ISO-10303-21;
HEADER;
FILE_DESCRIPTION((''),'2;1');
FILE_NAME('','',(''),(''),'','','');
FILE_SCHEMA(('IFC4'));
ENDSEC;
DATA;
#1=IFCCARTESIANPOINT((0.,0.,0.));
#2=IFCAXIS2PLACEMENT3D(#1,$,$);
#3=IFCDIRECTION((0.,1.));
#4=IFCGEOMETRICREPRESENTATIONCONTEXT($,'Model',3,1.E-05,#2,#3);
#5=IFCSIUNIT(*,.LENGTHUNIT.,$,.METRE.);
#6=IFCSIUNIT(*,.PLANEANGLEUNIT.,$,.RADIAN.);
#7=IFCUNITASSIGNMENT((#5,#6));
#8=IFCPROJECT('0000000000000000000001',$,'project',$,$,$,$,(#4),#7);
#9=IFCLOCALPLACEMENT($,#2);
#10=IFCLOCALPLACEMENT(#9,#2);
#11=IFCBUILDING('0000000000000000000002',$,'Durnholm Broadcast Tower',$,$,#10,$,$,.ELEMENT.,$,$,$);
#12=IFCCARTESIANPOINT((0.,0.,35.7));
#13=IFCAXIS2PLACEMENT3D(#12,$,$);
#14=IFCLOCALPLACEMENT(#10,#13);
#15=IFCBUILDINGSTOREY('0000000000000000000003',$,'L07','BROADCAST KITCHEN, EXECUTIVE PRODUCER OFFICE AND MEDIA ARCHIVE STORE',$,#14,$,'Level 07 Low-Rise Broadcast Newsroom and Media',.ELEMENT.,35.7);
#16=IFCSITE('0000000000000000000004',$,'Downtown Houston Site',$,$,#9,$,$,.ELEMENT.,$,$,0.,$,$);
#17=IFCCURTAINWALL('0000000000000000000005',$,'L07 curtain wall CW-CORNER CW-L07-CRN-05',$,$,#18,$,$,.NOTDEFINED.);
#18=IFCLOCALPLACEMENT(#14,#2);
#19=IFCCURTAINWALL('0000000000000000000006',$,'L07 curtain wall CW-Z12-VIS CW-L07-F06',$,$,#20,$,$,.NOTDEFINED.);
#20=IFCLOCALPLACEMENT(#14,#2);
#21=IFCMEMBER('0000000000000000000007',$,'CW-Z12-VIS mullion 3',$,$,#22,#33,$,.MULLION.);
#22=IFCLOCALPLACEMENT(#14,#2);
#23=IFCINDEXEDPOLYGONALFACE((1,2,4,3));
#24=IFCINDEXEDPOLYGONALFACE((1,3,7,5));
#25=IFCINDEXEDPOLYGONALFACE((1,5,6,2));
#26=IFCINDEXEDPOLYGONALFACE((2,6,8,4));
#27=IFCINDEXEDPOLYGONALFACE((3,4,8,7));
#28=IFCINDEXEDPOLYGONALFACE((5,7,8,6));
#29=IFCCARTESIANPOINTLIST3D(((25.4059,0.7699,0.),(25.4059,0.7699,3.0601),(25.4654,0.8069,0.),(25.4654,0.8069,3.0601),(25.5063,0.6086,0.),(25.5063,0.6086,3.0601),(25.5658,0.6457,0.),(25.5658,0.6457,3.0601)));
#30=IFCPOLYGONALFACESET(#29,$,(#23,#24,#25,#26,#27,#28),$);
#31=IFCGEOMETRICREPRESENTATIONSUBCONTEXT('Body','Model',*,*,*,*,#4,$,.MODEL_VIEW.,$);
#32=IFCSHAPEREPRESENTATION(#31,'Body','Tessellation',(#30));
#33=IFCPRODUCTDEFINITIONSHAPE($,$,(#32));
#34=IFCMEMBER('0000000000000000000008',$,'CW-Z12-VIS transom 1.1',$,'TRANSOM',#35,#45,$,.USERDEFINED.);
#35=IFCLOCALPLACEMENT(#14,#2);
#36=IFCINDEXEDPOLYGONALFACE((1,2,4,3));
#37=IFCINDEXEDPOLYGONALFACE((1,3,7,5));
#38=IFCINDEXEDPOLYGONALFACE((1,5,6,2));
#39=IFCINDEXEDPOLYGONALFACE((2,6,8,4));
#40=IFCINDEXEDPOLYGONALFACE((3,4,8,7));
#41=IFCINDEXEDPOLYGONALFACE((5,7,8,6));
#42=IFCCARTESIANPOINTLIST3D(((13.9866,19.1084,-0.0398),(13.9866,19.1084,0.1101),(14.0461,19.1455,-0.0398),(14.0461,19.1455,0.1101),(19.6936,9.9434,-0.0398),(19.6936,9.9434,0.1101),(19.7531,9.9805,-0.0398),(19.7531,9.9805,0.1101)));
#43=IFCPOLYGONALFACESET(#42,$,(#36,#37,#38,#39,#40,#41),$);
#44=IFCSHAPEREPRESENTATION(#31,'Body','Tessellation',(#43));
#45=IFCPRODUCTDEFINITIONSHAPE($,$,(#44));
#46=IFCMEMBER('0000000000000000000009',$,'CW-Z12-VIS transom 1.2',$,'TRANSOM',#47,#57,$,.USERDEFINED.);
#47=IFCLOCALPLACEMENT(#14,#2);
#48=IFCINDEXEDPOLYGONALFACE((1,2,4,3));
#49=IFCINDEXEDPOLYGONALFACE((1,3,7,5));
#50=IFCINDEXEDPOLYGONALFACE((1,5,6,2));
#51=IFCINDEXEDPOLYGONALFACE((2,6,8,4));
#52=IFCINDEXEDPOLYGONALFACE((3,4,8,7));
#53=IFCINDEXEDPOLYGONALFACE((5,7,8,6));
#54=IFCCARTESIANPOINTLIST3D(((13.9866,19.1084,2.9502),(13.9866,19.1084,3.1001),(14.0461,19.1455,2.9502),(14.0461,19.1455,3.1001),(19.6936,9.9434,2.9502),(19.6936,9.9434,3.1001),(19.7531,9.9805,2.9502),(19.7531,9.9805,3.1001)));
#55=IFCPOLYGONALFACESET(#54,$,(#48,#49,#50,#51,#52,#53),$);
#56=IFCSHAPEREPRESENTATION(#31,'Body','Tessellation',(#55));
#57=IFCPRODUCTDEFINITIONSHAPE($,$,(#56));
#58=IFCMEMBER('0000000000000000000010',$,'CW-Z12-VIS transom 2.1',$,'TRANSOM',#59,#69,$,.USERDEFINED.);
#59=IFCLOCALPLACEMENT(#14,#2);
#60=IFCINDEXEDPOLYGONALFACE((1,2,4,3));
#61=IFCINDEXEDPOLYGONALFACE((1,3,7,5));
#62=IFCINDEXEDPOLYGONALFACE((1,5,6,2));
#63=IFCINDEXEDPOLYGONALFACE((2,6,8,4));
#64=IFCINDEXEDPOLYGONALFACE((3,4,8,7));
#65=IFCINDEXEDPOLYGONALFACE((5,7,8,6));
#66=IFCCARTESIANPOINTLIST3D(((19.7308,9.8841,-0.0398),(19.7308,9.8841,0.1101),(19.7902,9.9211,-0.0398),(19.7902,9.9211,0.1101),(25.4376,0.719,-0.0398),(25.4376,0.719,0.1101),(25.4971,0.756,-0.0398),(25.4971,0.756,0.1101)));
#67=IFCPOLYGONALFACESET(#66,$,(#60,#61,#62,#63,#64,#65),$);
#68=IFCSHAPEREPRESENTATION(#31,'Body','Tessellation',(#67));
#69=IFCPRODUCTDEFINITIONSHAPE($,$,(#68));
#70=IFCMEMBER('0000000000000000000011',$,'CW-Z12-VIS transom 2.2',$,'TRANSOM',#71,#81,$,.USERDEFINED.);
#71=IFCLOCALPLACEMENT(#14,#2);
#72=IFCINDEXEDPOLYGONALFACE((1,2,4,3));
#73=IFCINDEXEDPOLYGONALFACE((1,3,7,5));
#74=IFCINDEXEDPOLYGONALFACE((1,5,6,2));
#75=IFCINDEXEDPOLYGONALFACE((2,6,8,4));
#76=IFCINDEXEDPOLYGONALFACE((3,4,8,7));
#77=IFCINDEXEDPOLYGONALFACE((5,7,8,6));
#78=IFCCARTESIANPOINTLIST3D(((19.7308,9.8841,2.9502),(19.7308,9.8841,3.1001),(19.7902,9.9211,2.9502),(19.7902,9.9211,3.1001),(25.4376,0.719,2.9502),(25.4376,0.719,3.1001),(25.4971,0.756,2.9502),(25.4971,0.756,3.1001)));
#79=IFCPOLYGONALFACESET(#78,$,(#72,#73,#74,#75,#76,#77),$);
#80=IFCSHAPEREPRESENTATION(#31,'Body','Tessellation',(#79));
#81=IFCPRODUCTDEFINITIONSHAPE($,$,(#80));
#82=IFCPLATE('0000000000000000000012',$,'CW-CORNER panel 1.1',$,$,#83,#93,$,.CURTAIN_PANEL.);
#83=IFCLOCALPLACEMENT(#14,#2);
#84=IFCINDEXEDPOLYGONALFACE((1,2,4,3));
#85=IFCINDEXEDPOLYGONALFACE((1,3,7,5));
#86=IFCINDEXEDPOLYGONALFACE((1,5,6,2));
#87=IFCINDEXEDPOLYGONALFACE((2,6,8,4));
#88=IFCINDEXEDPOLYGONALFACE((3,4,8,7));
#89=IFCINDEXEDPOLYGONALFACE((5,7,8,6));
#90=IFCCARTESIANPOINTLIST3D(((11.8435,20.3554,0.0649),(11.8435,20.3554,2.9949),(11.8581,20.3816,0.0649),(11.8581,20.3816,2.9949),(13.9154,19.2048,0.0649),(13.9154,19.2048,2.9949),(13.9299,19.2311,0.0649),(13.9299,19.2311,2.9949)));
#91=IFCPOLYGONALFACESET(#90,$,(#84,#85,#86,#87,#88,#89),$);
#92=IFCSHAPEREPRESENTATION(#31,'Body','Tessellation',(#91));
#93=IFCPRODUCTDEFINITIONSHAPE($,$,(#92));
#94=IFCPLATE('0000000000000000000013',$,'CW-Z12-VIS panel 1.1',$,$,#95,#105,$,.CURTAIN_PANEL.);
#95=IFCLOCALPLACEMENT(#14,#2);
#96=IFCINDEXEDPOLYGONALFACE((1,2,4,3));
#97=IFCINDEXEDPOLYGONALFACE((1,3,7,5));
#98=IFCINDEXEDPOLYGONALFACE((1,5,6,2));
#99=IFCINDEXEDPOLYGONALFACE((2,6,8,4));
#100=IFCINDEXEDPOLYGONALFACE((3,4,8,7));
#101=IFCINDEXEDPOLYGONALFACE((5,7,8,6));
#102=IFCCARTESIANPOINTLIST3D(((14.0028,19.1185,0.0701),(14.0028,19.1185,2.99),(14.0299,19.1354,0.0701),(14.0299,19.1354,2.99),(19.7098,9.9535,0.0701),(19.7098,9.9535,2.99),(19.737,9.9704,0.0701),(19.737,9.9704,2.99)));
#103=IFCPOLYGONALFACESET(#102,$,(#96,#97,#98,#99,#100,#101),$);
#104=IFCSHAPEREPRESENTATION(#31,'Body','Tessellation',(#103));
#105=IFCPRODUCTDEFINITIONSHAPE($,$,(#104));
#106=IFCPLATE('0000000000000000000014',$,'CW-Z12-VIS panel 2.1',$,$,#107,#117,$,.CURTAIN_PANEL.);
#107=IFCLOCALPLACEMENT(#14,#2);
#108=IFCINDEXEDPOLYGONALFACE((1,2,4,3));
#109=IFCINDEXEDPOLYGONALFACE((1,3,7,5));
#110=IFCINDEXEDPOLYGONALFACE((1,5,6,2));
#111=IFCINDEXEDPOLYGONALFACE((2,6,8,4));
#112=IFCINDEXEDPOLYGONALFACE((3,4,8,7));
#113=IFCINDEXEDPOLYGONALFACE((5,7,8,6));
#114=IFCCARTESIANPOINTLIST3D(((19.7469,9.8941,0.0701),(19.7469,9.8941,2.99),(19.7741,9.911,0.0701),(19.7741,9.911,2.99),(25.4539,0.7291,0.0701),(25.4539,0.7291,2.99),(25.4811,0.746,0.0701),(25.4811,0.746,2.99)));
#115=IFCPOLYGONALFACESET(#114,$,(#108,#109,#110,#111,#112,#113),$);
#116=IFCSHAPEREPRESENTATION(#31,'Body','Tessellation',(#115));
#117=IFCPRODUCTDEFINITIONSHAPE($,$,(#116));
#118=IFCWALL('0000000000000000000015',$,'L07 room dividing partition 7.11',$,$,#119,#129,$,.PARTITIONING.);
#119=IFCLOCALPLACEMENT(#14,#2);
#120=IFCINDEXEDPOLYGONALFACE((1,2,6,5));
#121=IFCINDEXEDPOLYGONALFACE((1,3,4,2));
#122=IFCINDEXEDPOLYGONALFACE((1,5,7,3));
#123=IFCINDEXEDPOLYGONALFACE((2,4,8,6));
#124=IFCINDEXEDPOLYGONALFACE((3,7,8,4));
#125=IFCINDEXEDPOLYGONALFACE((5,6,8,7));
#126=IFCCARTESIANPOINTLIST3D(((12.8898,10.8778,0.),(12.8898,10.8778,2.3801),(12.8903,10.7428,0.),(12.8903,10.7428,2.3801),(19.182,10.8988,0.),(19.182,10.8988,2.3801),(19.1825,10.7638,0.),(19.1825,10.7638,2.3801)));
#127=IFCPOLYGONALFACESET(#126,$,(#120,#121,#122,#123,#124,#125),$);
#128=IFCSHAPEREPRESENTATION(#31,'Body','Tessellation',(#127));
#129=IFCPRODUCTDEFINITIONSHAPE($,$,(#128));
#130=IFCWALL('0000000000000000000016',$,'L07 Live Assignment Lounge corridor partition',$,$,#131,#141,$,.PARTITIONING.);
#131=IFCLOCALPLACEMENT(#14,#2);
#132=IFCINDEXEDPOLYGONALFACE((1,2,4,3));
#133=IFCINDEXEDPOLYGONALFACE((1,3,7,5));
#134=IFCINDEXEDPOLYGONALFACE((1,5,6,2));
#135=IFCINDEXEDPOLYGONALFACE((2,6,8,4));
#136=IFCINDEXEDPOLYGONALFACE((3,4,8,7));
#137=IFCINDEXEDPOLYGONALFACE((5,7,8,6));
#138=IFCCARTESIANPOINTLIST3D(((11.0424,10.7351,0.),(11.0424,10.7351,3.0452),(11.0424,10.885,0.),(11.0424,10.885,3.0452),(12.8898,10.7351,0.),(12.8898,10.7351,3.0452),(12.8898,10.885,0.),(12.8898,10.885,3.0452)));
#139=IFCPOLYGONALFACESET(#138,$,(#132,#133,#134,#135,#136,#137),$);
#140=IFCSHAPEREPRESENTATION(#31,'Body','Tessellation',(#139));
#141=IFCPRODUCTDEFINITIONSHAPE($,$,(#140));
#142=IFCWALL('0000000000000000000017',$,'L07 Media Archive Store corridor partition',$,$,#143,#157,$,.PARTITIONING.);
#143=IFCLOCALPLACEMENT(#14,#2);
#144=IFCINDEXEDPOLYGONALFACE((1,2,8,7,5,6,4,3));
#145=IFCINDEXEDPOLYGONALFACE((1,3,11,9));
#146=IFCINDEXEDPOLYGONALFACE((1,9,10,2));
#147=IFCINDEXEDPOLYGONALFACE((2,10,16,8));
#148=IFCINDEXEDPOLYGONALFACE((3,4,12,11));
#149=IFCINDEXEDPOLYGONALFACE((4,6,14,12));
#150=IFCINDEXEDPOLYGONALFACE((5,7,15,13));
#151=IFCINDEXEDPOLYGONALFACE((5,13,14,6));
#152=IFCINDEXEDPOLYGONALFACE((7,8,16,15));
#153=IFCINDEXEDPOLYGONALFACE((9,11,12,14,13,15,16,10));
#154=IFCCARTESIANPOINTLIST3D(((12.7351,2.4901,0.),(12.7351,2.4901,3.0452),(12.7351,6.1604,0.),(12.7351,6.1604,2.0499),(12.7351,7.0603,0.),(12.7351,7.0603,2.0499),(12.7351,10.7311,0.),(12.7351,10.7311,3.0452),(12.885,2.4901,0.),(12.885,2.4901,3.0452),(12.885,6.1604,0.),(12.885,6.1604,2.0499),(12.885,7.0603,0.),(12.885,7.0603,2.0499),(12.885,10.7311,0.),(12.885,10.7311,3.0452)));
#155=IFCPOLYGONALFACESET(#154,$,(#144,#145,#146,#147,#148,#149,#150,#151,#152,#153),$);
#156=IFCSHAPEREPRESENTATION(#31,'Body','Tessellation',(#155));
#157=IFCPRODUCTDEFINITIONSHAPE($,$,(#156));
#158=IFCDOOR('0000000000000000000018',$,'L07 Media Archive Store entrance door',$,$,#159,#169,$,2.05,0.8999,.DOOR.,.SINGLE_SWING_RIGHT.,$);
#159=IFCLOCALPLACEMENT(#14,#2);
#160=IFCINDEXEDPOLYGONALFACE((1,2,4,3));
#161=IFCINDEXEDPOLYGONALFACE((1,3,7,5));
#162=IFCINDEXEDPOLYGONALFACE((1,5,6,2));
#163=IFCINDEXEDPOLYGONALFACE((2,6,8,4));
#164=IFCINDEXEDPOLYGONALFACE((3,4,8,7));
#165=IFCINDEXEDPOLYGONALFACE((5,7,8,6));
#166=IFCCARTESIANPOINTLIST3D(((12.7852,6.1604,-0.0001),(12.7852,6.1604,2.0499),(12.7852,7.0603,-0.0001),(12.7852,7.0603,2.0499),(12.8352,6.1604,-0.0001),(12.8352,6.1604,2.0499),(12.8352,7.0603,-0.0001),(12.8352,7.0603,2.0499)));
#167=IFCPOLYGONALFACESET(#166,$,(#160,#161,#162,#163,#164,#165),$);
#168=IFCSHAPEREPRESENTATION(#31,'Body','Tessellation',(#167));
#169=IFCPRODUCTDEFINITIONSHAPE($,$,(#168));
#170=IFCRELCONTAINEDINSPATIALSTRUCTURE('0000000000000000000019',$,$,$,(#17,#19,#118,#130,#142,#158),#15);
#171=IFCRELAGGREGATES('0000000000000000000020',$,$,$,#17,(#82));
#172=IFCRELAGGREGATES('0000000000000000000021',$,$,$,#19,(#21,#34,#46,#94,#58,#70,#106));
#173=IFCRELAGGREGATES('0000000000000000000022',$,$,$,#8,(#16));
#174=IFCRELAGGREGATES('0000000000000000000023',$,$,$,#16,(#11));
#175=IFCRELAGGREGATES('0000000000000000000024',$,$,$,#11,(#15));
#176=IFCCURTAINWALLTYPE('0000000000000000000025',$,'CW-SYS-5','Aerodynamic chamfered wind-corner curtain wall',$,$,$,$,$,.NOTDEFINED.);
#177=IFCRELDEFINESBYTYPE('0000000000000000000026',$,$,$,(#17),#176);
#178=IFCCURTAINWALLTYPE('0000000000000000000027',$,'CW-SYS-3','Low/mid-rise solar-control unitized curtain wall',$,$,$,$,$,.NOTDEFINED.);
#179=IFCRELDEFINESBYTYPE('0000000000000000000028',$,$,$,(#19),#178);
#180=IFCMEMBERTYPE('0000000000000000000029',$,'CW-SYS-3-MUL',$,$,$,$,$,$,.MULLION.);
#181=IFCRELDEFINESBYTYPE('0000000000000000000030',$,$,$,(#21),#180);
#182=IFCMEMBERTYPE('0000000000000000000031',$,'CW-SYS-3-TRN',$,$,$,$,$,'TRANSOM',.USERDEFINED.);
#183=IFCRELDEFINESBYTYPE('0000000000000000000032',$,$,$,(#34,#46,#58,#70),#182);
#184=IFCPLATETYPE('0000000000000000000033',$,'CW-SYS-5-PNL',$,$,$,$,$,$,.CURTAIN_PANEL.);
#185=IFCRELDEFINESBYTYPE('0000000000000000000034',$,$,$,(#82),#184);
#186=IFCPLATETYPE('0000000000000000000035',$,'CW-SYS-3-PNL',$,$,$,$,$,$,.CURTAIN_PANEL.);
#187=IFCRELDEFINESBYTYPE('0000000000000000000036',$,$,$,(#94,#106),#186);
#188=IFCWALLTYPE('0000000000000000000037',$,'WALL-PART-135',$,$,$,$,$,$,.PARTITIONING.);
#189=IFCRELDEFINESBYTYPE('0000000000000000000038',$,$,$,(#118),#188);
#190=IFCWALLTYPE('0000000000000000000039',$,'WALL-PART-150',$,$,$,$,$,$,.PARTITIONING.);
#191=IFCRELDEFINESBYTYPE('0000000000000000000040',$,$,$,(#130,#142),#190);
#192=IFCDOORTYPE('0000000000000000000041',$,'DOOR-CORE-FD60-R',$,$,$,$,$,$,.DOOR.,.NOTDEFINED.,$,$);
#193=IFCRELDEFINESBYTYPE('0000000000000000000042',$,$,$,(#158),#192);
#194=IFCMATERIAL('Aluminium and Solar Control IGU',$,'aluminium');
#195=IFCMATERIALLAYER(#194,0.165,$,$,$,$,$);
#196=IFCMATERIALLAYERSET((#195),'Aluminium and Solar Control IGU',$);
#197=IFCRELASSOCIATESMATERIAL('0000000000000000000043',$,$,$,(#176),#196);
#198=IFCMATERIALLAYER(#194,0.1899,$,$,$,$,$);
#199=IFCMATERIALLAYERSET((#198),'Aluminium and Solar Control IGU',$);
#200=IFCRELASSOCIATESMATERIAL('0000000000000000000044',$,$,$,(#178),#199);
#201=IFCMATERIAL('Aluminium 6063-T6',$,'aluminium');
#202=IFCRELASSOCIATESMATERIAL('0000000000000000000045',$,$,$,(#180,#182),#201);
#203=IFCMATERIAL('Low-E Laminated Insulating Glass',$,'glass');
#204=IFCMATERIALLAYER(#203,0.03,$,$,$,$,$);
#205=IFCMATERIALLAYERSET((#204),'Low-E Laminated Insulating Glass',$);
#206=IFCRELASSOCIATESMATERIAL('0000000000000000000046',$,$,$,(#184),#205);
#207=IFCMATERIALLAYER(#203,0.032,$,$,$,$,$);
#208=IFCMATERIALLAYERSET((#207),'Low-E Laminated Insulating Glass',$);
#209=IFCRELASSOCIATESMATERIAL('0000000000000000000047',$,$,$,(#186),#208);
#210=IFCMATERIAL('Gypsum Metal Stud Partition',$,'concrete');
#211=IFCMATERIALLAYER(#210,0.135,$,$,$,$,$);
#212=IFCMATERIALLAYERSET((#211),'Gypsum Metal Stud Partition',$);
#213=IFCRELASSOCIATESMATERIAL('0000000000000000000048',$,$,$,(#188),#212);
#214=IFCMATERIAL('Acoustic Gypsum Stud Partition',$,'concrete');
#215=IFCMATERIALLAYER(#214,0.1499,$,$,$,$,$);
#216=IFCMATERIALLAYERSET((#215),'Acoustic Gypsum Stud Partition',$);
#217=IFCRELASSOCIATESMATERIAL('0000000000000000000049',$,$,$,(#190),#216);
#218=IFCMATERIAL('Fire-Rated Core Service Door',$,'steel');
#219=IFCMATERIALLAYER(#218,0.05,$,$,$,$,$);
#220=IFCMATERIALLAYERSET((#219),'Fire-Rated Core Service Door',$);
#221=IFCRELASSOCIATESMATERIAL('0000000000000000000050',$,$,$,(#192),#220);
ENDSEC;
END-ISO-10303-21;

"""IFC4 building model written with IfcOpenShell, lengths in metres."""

from ifc_helpers import new_model, si_unit, direction, frame, frame_2d, origin, origin_2d, place, context, subcontext, project, spatial, rectangle, extrude, source, transform, mapped, material, layer, layer_set, material_profile, profile_set, type_object, type_shapes, element, fill, aggregate, save


model = new_model("IFC4")

# Units and contexts
model_context = context("Model", 3, precision=1e-05, world=origin(), true_north=direction((0.0, 1.0)))
body_context = subcontext(model_context, "Body", "Model", "MODEL_VIEW")
ifc_project = project(units=[si_unit("LENGTHUNIT", "METRE"), si_unit("PLANEANGLEUNIT", "RADIAN")], contexts=[model_context])

# Site, building, storey
site_placement = place(None, origin())
site = spatial("IfcSite", under=ifc_project, at=site_placement, Name="Downtown Houston Site", CompositionType="ELEMENT", RefElevation=0.0)
building_placement = place(site_placement, origin())
building = spatial("IfcBuilding", under=site, at=building_placement, Name="Durnholm Broadcast Tower", CompositionType="ELEMENT")
storey_placement = place(building_placement, frame((0.0, 0.0, 35.7)))
storey = spatial("IfcBuildingStorey", under=building, at=storey_placement, Name="L07", Description="BROADCAST KITCHEN, EXECUTIVE PRODUCER OFFICE AND MEDIA ARCHIVE STORE", LongName="Level 07 Low-Rise Broadcast Newsroom and Media", CompositionType="ELEMENT", Elevation=35.7)

# Curtain wall
ifc_material_1 = material(Name="Aluminium and Solar Control IGU", Category="aluminium")
ifc_layer_1 = layer(ifc_material_1, 0.165)
ifc_layer_set_1 = layer_set([ifc_layer_1], Name="Aluminium and Solar Control IGU")
curtain_wall_type_1 = type_object("IfcCurtainWallType", Name="CW-SYS-5", Description="Aerodynamic chamfered wind-corner curtain wall", PredefinedType="NOTDEFINED", material=ifc_layer_set_1)
curtain_wall_1_placement = place(storey_placement, origin())
curtain_wall_1 = element("IfcCurtainWall", 1, at=curtain_wall_1_placement, inside=storey, type_object=curtain_wall_type_1, Name="L07 curtain wall CW-CORNER CW-L07-CRN-05", PredefinedType="NOTDEFINED")
ifc_material_2 = material(Name="Aluminium 6063-T6", Category="aluminium")

# Curtain wall, members
ifc_layer_2 = layer(ifc_material_1, 0.1899)
ifc_layer_set_2 = layer_set([ifc_layer_2], Name="Aluminium and Solar Control IGU")
curtain_wall_type_2 = type_object("IfcCurtainWallType", Name="CW-SYS-3", Description="Low/mid-rise solar-control unitized curtain wall", PredefinedType="NOTDEFINED", material=ifc_layer_set_2)
curtain_wall_2_placement = place(storey_placement, origin())
curtain_wall_2 = element("IfcCurtainWall", 2, at=curtain_wall_2_placement, inside=storey, type_object=curtain_wall_type_2, Name="L07 curtain wall CW-Z12-VIS CW-L07-F06", PredefinedType="NOTDEFINED")
ifc_material_profile_1 = material_profile(ifc_material_2, rectangle(XDim=0.0701, YDim=0.1899, at=origin_2d()), Name="CWM70X190")
ifc_profile_set_1 = profile_set([ifc_material_profile_1], Name="Aluminium 6063-T6")
member_type_1 = type_object("IfcMemberType", Name="CW-SYS-3-MUL", PredefinedType="MULLION", material=ifc_profile_set_1)
shared_shape_1 = source(origin(), body_context, "Body", "SweptSolid", [
    extrude(rectangle(XDim=0.0701, YDim=0.1899, at=origin_2d()), origin(), (0.0, 0.0, 1.0), 3.0601),
])
type_shapes(member_type_1, [shared_shape_1])
member_1_placement = place(storey_placement, frame((25.4858, 0.7078, 0.0), z_axis=(0.0, 0.0, 1.0), x_axis=(0.848876, 0.528592, 0.0)))
member_1 = element("IfcMember", 3, at=member_1_placement, type_object=member_type_1, Name="CW-Z12-VIS mullion 3", PredefinedType="MULLION", context=body_context, shape_type="MappedRepresentation", body=[
    mapped(shared_shape_1, transform((0.0, 0.0, 0.0), x_axis=(1.0, 0.0, 0.0), y_axis=(0.0, 1.0, 0.0), z_axis=(0.0, 0.0, 1.0), scale=1.0)),
])
ifc_material_profile_2 = material_profile(ifc_material_2, rectangle(XDim=0.0701, YDim=0.1499, at=origin_2d()), Name="CWT70X150")
ifc_profile_set_2 = profile_set([ifc_material_profile_2], Name="Aluminium 6063-T6")
member_type_2 = type_object("IfcMemberType", Name="CW-SYS-3-TRN", ElementType="TRANSOM", PredefinedType="USERDEFINED", material=ifc_profile_set_2)
shared_shape_2 = source(origin(), body_context, "Body", "SweptSolid", [
    extrude(rectangle(XDim=0.0701, YDim=0.1499, at=origin_2d()), origin(), (0.0, 0.0, 1.0), 10.7966),
])
type_shapes(member_type_2, [shared_shape_2])
member_2_placement = place(storey_placement, frame((14.0164, 19.127, 0.0352), z_axis=(0.528592, -0.848876, 0.0), x_axis=(0.848876, 0.528592, 0.0)))
member_2 = element("IfcMember", 4, at=member_2_placement, type_object=member_type_2, Name="CW-Z12-VIS transom 1.1", ObjectType="TRANSOM", PredefinedType="USERDEFINED", context=body_context, shape_type="MappedRepresentation", body=[
    mapped(shared_shape_2, transform((0.0, 0.0, 0.0), x_axis=(1.0, 0.0, 0.0), y_axis=(0.0, 1.0, 0.0), z_axis=(0.0, 0.0, 1.0), scale=1.0)),
])
member_3_placement = place(storey_placement, frame((14.0164, 19.127, 3.0251), z_axis=(0.528592, -0.848876, 0.0), x_axis=(0.848876, 0.528592, 0.0)))
member_3 = element("IfcMember", 5, at=member_3_placement, type_object=member_type_2, Name="CW-Z12-VIS transom 1.2", ObjectType="TRANSOM", PredefinedType="USERDEFINED", context=body_context, shape_type="MappedRepresentation", body=[
    mapped(shared_shape_2, transform((0.0, 0.0, 0.0), x_axis=(1.0, 0.0, 0.0), y_axis=(0.0, 1.0, 0.0), z_axis=(0.0, 0.0, 1.0), scale=1.0)),
])
member_4_placement = place(storey_placement, frame((19.7605, 9.9026, 0.0352), z_axis=(0.528575, -0.848886, 0.0), x_axis=(0.848886, 0.528575, 0.0)))
member_4 = element("IfcMember", 6, at=member_4_placement, type_object=member_type_2, Name="CW-Z12-VIS transom 2.1", ObjectType="TRANSOM", PredefinedType="USERDEFINED", context=body_context, shape_type="MappedRepresentation", body=[
    mapped(shared_shape_2, transform((0.0, 0.0, 0.0), x_axis=(1.0, 0.0, 0.0), y_axis=(0.0, 1.0, 0.0), z_axis=(0.0, 0.0, 1.0), scale=1.0)),
])
member_5_placement = place(storey_placement, frame((19.7605, 9.9026, 3.0251), z_axis=(0.528575, -0.848886, 0.0), x_axis=(0.848886, 0.528575, 0.0)))
member_5 = element("IfcMember", 7, at=member_5_placement, type_object=member_type_2, Name="CW-Z12-VIS transom 2.2", ObjectType="TRANSOM", PredefinedType="USERDEFINED", context=body_context, shape_type="MappedRepresentation", body=[
    mapped(shared_shape_2, transform((0.0, 0.0, 0.0), x_axis=(1.0, 0.0, 0.0), y_axis=(0.0, 1.0, 0.0), z_axis=(0.0, 0.0, 1.0), scale=1.0)),
])

# Plates
ifc_material_3 = material(Name="Low-E Laminated Insulating Glass", Category="glass")
ifc_layer_3 = layer(ifc_material_3, 0.03)
ifc_layer_set_3 = layer_set([ifc_layer_3], Name="Low-E Laminated Insulating Glass")
plate_type_1 = type_object("IfcPlateType", Name="CW-SYS-5-PNL", PredefinedType="CURTAIN_PANEL", material=ifc_layer_set_3)
shared_shape_3 = source(origin(), body_context, "Body", "SweptSolid", [
    extrude(rectangle(XDim=2.3699, YDim=0.03, at=origin_2d()), origin(), (0.0, 0.0, 1.0), 2.9299),
])
type_shapes(plate_type_1, [shared_shape_3])
plate_1_placement = place(storey_placement, frame((12.8867, 19.7932, 0.0649), z_axis=(0.0, 0.0, 1.0), x_axis=(0.874246, -0.485483, 0.0)))
plate_1 = element("IfcPlate", 8, at=plate_1_placement, type_object=plate_type_1, Name="CW-CORNER panel 1.1", PredefinedType="CURTAIN_PANEL", context=body_context, shape_type="MappedRepresentation", body=[
    mapped(shared_shape_3, transform((0.0, 0.0, 0.0), x_axis=(1.0, 0.0, 0.0), y_axis=(0.0, 1.0, 0.0), z_axis=(0.0, 0.0, 1.0), scale=1.0)),
])
aggregate(curtain_wall_1, [plate_1])
ifc_layer_4 = layer(ifc_material_3, 0.032)
ifc_layer_set_4 = layer_set([ifc_layer_4], Name="Low-E Laminated Insulating Glass")
plate_type_2 = type_object("IfcPlateType", Name="CW-SYS-3-PNL", PredefinedType="CURTAIN_PANEL", material=ifc_layer_set_4)
shared_shape_4 = source(origin(), body_context, "Body", "SweptSolid", [
    extrude(rectangle(XDim=10.7966, YDim=0.032, at=origin_2d()), origin(), (0.0, 0.0, 1.0), 2.9199),
])
type_shapes(plate_type_2, [shared_shape_4])
plate_2_placement = place(storey_placement, frame((16.8699, 14.5444, 0.0701), z_axis=(0.0, 0.0, 1.0), x_axis=(0.528592, -0.848876, 0.0)))
plate_2 = element("IfcPlate", 9, at=plate_2_placement, type_object=plate_type_2, Name="CW-Z12-VIS panel 1.1", PredefinedType="CURTAIN_PANEL", context=body_context, shape_type="MappedRepresentation", body=[
    mapped(shared_shape_4, transform((0.0, 0.0, 0.0), x_axis=(1.0, 0.0, 0.0), y_axis=(0.0, 1.0, 0.0), z_axis=(0.0, 0.0, 1.0), scale=1.0)),
])
plate_3_placement = place(storey_placement, frame((22.614, 5.3201, 0.0701), z_axis=(0.0, 0.0, 1.0), x_axis=(0.528592, -0.848876, 0.0)))
plate_3 = element("IfcPlate", 10, at=plate_3_placement, type_object=plate_type_2, Name="CW-Z12-VIS panel 2.1", PredefinedType="CURTAIN_PANEL", context=body_context, shape_type="MappedRepresentation", body=[
    mapped(shared_shape_4, transform((0.0, 0.0, 0.0), x_axis=(1.0, 0.0, 0.0), y_axis=(0.0, 1.0, 0.0), z_axis=(0.0, 0.0, 1.0), scale=1.0)),
])
aggregate(curtain_wall_2, [member_1, member_2, member_3, plate_2, member_4, member_5, plate_3])

# Walls
ifc_material_4 = material(Name="Gypsum Metal Stud Partition", Category="concrete")
ifc_layer_5 = layer(ifc_material_4, 0.135)
ifc_layer_set_5 = layer_set([ifc_layer_5], Name="Gypsum Metal Stud Partition")
wall_type_1 = type_object("IfcWallType", Name="WALL-PART-135", PredefinedType="PARTITIONING", material=ifc_layer_set_5)
wall_1_placement = place(storey_placement, frame((19.1821, 10.8313, 0.0), z_axis=(0.0, 0.0, 1.0), x_axis=(-0.999994, -0.003337, 0.0)))
element("IfcWall", 11, at=wall_1_placement, inside=storey, type_object=wall_type_1, Name="L07 room dividing partition 7.11", PredefinedType="PARTITIONING", context=body_context, shape_type="SweptSolid", body=[
    extrude(rectangle(XDim=6.2922, YDim=0.135, at=frame_2d((3.146, 0.0))), origin(), (0.0, 0.0, 1.0), 2.3801),
])
ifc_material_5 = material(Name="Acoustic Gypsum Stud Partition", Category="concrete")
ifc_layer_6 = layer(ifc_material_5, 0.1499)
ifc_layer_set_6 = layer_set([ifc_layer_6], Name="Acoustic Gypsum Stud Partition")
wall_type_2 = type_object("IfcWallType", Name="WALL-PART-150", PredefinedType="PARTITIONING", material=ifc_layer_set_6)
wall_2_placement = place(storey_placement, frame((12.8899, 10.8101, 0.0), z_axis=(0.0, 0.0, 1.0), x_axis=(-1.0, 0.0, 0.0)))
element("IfcWall", 12, at=wall_2_placement, inside=storey, type_object=wall_type_2, Name="L07 Live Assignment Lounge corridor partition", PredefinedType="PARTITIONING", context=body_context, shape_type="SweptSolid", body=[
    extrude(rectangle(XDim=1.8474, YDim=0.1499, at=frame_2d((0.9238, 0.0))), origin(), (0.0, 0.0, 1.0), 3.0452),
])

# Wall, opening, door
wall_3_placement = place(storey_placement, frame((12.8101, 2.49, 0.0), z_axis=(0.0, 0.0, 1.0), x_axis=(0.0, 1.0, 0.0)))
wall_3 = element("IfcWall", 13, at=wall_3_placement, inside=storey, type_object=wall_type_2, Name="L07 Media Archive Store corridor partition", PredefinedType="PARTITIONING", context=body_context, shape_type="SweptSolid", body=[
    extrude(rectangle(XDim=8.241, YDim=0.1499, at=frame_2d((4.1206, 0.0))), origin(), (0.0, 0.0, 1.0), 3.0452),
])
opening_placement = place(wall_3_placement, frame((3.6704, 0.0, 0.0)))
opening = element("IfcOpeningElement", 14, at=opening_placement, cuts=wall_3, PredefinedType="OPENING", context=body_context, shape_type="SweptSolid", body=[
    extrude(rectangle(XDim=0.8999, YDim=2.05, at=frame_2d((0.45, 1.0249))), frame((0.0, 0.085, 0.0), z_axis=(0.0, -1.0, 0.0), x_axis=(1.0, 0.0, 0.0)), (0.0, 0.0, 1.0), 0.1699),
])
ifc_material_6 = material(Name="Fire-Rated Core Service Door", Category="steel")
ifc_layer_7 = layer(ifc_material_6, 0.05)
ifc_layer_set_7 = layer_set([ifc_layer_7], Name="Fire-Rated Core Service Door")
door_type = type_object("IfcDoorType", Name="DOOR-CORE-FD60-R", OperationType="NOTDEFINED", PredefinedType="DOOR", material=ifc_layer_set_7)
shared_shape_5 = source(origin(), body_context, "Body", "SweptSolid", [
    extrude(rectangle(XDim=0.8999, YDim=2.05, at=frame_2d((0.45, 1.0249))), frame((0.0, 0.0249, 0.0), z_axis=(0.0, -1.0, 0.0), x_axis=(1.0, 0.0, 0.0)), (0.0, 0.0, 1.0), 0.05),
])
type_shapes(door_type, [shared_shape_5])
door_placement = place(opening_placement, origin())
door = element("IfcDoor", 15, at=door_placement, inside=storey, type_object=door_type, Name="L07 Media Archive Store entrance door", OperationType="SINGLE_SWING_RIGHT", OverallHeight=2.05, OverallWidth=0.8999, PredefinedType="DOOR", context=body_context, shape_type="MappedRepresentation", body=[
    mapped(shared_shape_5, transform((0.0, 0.0, 0.0), x_axis=(1.0, 0.0, 0.0), y_axis=(0.0, 1.0, 0.0), z_axis=(0.0, 0.0, 1.0), scale=1.0)),
])
fill(opening, door)

save(model, "model.ifc")
